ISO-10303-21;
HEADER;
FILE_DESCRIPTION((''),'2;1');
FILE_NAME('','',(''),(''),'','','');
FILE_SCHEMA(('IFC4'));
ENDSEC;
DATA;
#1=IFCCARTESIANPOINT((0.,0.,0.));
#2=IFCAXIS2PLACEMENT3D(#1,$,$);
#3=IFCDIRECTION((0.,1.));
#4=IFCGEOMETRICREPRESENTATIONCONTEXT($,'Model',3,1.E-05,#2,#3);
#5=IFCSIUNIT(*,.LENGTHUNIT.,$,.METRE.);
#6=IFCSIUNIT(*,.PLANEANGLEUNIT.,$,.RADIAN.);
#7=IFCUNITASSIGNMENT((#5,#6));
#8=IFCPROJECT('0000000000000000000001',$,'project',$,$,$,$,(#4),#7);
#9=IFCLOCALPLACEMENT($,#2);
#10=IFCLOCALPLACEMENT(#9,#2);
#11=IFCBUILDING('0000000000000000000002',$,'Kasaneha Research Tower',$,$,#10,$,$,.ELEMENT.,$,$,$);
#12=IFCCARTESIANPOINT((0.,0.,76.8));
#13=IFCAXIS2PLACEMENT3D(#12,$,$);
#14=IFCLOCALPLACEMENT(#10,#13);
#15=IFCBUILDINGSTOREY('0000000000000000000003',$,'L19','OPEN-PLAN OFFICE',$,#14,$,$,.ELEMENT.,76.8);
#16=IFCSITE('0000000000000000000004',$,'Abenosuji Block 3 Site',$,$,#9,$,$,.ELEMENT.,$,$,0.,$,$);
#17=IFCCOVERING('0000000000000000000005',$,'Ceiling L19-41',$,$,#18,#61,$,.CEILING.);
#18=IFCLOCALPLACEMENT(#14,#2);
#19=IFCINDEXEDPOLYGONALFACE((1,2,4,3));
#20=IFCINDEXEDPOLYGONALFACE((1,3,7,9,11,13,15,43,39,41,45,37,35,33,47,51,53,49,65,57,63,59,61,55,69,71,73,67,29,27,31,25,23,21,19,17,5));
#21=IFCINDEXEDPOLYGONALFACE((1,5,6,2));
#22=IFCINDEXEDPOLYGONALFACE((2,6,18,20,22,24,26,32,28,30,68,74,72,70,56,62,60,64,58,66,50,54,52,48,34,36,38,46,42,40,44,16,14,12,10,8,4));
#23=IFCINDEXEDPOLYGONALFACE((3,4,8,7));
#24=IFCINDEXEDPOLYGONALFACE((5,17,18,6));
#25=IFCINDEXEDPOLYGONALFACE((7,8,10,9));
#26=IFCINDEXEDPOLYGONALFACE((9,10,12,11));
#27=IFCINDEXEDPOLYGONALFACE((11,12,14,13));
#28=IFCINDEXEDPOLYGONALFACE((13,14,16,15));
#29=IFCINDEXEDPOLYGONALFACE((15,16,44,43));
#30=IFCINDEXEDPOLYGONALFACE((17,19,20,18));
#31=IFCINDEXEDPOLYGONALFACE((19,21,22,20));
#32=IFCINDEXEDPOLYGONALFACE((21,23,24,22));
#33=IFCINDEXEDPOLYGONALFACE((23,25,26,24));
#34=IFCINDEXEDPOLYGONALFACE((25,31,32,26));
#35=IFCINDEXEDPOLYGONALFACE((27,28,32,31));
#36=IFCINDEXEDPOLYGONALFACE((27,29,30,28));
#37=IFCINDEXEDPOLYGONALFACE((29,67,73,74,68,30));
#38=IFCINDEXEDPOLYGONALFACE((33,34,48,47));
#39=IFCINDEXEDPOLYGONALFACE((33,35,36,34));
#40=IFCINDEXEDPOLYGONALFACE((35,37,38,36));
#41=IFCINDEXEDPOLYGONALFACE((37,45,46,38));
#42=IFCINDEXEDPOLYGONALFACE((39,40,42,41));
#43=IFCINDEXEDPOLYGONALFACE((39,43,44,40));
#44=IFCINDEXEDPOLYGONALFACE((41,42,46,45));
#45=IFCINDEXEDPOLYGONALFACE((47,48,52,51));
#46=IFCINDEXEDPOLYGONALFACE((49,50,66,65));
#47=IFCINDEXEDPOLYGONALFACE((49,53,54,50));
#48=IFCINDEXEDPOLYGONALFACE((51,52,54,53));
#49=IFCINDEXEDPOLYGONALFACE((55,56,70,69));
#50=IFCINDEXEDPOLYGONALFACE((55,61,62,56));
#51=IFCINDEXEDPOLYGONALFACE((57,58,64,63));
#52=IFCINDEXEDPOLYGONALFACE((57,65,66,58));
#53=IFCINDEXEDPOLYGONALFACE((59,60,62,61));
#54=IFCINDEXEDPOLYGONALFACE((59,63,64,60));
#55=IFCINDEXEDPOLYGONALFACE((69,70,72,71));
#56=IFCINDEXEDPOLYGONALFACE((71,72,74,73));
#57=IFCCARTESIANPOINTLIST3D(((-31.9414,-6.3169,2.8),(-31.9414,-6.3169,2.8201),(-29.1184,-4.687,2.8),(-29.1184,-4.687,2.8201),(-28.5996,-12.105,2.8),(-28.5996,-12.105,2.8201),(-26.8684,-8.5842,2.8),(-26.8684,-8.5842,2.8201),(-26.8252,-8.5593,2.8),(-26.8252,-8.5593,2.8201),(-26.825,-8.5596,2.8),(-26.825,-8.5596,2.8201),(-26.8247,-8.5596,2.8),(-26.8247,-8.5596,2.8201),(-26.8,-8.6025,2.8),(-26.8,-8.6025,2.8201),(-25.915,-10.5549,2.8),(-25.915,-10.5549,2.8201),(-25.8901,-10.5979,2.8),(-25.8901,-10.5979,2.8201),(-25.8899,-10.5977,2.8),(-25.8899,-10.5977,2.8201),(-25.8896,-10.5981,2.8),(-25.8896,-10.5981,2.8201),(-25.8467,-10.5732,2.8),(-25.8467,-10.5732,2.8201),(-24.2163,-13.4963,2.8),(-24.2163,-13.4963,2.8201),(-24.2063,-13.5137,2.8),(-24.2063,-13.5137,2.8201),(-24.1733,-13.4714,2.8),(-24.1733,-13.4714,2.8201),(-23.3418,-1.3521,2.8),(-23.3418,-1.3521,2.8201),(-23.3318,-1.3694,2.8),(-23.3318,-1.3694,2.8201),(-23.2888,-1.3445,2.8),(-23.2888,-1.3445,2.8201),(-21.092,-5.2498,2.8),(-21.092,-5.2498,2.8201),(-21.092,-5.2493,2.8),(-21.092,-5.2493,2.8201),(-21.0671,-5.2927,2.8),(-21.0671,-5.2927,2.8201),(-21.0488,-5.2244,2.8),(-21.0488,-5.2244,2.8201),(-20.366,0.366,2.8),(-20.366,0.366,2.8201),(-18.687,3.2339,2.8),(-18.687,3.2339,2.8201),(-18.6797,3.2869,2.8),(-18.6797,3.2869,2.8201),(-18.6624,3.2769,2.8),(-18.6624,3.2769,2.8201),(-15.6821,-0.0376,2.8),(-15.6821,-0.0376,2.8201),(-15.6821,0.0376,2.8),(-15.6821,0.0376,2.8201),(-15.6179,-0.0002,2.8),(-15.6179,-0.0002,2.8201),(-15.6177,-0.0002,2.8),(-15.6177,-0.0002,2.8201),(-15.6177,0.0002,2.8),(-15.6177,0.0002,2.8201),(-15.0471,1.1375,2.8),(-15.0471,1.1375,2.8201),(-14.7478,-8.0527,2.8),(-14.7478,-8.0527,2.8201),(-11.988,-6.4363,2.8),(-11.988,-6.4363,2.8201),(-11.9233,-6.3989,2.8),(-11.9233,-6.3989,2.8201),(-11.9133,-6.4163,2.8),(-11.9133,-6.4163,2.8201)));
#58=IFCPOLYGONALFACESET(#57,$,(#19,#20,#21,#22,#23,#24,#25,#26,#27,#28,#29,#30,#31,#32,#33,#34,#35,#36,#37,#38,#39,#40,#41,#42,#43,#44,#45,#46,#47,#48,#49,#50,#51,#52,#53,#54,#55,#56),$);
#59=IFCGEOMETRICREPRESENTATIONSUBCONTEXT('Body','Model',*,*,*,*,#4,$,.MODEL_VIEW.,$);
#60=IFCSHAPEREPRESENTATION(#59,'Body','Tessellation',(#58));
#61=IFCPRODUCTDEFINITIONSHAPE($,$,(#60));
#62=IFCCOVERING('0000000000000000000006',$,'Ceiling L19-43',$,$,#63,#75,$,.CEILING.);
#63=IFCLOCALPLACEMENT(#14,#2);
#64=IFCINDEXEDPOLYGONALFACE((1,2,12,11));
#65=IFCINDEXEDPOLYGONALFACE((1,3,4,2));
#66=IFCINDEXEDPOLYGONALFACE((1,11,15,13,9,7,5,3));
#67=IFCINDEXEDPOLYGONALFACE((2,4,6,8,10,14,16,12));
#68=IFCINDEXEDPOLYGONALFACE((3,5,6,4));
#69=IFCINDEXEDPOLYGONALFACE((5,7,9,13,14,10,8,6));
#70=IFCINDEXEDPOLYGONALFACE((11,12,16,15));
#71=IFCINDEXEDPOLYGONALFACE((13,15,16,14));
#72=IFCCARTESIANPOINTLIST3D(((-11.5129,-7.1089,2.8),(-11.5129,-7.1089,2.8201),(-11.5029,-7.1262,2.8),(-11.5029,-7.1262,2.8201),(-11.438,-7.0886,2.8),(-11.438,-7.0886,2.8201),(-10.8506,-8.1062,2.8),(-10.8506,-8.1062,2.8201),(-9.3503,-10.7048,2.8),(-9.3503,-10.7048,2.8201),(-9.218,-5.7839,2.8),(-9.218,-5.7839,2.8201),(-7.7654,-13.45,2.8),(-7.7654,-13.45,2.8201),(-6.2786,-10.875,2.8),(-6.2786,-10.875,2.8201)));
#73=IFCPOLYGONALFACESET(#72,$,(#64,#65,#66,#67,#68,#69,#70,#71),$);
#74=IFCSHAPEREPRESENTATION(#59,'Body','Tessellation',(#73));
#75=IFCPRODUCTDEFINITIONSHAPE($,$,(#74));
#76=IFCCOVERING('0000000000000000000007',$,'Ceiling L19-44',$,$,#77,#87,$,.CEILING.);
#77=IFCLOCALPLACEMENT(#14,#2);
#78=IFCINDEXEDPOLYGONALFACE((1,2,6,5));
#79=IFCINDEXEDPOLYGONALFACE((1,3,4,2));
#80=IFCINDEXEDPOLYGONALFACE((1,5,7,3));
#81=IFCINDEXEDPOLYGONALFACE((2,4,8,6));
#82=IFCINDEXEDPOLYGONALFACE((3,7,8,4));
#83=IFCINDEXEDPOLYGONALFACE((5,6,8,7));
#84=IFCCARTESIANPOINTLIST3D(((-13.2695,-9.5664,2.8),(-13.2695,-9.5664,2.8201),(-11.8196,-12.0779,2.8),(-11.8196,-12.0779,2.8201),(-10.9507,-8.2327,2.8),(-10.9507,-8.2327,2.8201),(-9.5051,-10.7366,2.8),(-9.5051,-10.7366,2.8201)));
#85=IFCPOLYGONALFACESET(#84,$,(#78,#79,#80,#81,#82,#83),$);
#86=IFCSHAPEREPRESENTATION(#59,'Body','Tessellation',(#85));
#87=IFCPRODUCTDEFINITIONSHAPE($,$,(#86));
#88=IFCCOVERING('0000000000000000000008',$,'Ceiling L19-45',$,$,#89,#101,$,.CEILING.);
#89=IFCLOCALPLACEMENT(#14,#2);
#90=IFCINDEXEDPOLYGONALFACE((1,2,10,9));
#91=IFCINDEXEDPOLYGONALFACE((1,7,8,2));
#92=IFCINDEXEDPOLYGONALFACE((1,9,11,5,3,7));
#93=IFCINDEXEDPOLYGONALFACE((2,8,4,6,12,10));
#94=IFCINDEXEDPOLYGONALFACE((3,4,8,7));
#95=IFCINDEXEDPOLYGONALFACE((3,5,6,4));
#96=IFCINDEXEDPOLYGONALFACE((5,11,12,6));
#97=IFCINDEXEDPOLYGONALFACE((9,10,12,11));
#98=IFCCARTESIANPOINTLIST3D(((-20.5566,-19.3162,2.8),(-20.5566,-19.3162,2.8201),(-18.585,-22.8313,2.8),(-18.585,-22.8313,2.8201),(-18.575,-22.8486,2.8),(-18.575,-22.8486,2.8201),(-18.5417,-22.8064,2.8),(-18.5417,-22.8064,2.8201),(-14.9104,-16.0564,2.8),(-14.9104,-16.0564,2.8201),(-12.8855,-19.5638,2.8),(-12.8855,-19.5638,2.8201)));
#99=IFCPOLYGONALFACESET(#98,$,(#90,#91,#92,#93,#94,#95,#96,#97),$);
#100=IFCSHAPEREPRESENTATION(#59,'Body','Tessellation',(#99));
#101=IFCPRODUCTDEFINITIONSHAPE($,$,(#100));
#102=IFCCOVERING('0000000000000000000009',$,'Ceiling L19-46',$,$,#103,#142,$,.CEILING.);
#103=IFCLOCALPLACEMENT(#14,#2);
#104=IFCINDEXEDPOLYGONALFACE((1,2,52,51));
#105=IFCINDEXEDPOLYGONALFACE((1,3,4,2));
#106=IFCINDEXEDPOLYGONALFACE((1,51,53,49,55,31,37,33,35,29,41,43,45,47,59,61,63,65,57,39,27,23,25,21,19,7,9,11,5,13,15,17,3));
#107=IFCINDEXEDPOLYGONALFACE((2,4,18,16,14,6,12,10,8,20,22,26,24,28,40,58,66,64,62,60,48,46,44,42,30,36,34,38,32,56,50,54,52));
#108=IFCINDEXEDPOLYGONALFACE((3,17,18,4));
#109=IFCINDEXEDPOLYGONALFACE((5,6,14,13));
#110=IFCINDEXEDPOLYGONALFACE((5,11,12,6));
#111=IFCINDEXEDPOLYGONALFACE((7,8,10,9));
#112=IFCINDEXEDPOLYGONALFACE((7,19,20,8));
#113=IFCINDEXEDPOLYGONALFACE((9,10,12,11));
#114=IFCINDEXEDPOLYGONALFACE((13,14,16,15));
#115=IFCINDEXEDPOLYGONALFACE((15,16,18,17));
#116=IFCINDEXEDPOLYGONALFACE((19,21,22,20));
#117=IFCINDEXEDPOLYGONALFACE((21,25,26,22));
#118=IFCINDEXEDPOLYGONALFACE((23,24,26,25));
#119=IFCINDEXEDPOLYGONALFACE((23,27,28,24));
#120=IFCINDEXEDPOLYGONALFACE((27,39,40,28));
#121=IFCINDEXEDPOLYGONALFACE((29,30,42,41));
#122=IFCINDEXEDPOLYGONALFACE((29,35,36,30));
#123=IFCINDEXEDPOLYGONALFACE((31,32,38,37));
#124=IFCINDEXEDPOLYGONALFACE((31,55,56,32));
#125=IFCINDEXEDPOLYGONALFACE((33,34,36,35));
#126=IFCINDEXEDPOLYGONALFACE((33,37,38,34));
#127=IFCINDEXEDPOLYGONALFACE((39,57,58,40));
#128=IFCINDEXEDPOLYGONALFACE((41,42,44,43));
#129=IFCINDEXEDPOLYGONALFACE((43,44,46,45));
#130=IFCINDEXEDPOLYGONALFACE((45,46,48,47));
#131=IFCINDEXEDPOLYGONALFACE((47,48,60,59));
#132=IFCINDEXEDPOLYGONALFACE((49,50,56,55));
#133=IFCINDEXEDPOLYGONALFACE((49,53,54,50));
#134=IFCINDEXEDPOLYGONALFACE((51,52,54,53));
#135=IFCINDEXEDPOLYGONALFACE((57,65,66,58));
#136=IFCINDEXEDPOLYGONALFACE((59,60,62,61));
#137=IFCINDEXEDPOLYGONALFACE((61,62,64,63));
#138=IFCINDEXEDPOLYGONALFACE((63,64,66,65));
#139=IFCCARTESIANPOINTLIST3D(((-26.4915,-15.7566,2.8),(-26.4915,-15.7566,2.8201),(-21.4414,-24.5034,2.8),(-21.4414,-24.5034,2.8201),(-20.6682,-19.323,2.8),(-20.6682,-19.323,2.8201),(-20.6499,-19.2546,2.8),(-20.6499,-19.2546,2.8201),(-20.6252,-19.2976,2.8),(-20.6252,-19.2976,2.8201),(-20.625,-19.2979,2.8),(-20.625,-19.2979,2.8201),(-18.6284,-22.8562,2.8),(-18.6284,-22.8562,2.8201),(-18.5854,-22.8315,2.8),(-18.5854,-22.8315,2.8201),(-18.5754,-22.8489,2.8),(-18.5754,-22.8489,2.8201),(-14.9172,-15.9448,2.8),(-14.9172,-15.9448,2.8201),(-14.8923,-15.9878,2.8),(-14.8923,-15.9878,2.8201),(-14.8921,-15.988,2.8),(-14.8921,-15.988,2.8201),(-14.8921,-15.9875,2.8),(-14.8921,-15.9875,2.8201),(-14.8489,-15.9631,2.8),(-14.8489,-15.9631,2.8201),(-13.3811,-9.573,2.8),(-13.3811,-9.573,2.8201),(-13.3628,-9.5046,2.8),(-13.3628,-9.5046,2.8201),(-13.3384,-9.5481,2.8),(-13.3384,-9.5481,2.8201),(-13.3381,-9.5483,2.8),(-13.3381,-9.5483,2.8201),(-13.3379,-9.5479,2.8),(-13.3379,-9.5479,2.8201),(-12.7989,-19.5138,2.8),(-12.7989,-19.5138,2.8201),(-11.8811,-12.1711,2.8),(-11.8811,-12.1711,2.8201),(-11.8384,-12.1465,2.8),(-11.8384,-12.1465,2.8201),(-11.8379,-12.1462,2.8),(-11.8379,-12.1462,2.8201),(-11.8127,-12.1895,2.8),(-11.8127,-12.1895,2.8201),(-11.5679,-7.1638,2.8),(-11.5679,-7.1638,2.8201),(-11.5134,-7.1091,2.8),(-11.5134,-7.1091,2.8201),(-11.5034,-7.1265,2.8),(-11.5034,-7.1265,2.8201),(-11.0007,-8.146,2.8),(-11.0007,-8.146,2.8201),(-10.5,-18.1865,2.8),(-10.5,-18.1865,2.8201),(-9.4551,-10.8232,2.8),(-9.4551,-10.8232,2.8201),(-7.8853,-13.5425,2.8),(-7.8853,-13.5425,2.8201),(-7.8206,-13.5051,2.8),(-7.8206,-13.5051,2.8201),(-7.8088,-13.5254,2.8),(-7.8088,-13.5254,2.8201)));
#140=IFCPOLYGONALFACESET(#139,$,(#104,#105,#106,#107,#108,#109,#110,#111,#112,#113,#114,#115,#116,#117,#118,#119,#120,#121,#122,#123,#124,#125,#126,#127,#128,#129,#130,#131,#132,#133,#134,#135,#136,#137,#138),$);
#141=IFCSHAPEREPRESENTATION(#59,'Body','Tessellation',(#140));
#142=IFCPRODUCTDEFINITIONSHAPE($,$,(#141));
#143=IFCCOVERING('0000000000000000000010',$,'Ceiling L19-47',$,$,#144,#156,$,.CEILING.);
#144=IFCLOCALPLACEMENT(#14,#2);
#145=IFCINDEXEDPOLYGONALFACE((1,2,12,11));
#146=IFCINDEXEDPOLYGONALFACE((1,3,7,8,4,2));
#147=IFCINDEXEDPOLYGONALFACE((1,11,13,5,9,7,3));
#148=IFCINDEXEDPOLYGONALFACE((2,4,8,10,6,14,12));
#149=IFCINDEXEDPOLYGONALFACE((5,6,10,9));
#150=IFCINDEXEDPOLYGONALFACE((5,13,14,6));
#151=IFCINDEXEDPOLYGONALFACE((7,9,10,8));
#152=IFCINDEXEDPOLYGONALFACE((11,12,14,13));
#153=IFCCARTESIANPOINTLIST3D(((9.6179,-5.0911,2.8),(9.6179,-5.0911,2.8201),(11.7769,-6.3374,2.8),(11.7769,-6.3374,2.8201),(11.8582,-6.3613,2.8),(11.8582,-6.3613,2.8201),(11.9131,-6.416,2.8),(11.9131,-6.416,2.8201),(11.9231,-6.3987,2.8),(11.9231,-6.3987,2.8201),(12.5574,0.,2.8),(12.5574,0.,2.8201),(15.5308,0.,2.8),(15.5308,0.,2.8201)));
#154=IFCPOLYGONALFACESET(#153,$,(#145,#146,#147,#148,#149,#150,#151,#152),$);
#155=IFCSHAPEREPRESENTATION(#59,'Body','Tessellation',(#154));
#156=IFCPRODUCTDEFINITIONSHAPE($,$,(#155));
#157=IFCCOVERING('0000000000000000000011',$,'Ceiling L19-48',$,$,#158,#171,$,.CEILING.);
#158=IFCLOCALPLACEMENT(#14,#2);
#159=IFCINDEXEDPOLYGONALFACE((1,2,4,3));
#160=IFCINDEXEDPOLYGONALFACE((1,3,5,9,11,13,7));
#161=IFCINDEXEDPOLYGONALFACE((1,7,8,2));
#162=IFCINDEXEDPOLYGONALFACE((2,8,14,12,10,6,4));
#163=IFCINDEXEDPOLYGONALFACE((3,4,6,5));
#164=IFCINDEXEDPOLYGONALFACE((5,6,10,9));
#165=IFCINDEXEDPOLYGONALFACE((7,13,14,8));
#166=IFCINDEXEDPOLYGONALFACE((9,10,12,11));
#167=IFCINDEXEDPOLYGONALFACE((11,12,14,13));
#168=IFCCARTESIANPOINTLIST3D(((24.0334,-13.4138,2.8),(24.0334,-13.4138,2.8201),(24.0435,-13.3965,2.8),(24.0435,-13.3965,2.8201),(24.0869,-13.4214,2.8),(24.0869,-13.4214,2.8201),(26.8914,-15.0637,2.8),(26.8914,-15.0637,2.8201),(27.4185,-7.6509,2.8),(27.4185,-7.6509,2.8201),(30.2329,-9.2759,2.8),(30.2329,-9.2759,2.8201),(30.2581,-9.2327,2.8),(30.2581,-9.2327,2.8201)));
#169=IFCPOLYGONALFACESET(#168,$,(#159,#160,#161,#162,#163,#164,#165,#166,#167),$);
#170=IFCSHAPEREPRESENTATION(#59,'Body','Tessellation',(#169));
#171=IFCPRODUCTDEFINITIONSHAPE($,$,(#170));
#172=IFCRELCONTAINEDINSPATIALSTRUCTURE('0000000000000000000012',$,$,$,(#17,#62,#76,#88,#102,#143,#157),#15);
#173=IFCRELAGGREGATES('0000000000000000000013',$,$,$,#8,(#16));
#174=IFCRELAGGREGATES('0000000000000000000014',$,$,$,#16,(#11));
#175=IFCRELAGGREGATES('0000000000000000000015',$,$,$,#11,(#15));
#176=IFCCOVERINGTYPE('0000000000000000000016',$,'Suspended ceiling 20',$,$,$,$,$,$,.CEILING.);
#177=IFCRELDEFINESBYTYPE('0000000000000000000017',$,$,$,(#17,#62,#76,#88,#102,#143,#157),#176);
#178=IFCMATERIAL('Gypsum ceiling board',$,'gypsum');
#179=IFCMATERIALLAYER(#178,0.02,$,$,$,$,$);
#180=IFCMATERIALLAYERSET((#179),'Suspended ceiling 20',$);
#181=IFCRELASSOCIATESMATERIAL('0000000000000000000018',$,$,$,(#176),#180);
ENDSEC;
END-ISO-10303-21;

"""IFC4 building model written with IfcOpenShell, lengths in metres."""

from ifc_helpers import new_model, si_unit, direction, frame, origin, place, context, subcontext, project, spatial, polyline, outline, extrude, material, layer, layer_set, type_object, element, save


model = new_model("IFC4")

# Units and contexts
model_context = context("Model", 3, precision=1e-05, world=origin(), true_north=direction((0.0, 1.0)))
body_context = subcontext(model_context, "Body", "Model", "MODEL_VIEW")
ifc_project = project(units=[si_unit("LENGTHUNIT", "METRE"), si_unit("PLANEANGLEUNIT", "RADIAN")], contexts=[model_context])

# Site, building, storey
site_placement = place(None, origin())
site = spatial("IfcSite", under=ifc_project, at=site_placement, Name="Abenosuji Block 3 Site", CompositionType="ELEMENT", RefElevation=0.0)
building_placement = place(site_placement, origin())
building = spatial("IfcBuilding", under=site, at=building_placement, Name="Kasaneha Research Tower", CompositionType="ELEMENT")
storey_placement = place(building_placement, frame((0.0, 0.0, 76.8)))
storey = spatial("IfcBuildingStorey", under=building, at=storey_placement, Name="L19", Description="OPEN-PLAN OFFICE", CompositionType="ELEMENT", Elevation=76.8)

# Coverings
ifc_material_1 = material(Name="Gypsum ceiling board", Category="gypsum")
ifc_layer_1 = layer(ifc_material_1, 0.02)
ifc_layer_set_1 = layer_set([ifc_layer_1], Name="Suspended ceiling 20")
covering_type = type_object("IfcCoveringType", Name="Suspended ceiling 20", PredefinedType="CEILING", material=ifc_layer_set_1)
covering_1_placement = place(storey_placement, frame((0.0, 0.0, 2.8)))
element("IfcCovering", 1, at=covering_1_placement, inside=storey, type_object=covering_type, Name="Ceiling L19-41", PredefinedType="CEILING", context=body_context, shape_type="SweptSolid", body=[
    extrude(outline(polyline([(-25.8901, -10.5979), (-25.915, -10.5549), (-28.5996, -12.105), (-31.9414, -6.3169), (-29.1184, -4.687), (-26.8684, -8.5842), (-26.8252, -8.5593), (-26.825, -8.5596), (-26.8247, -8.5596), (-26.8, -8.6025), (-21.0671, -5.2927), (-21.092, -5.2498), (-21.092, -5.2498), (-21.092, -5.2493), (-21.0488, -5.2244), (-23.2888, -1.3445), (-23.3318, -1.3694), (-23.3418, -1.3521), (-20.366, 0.366), (-18.6797, 3.2869), (-18.6624, 3.2769), (-18.687, 3.2339), (-15.0471, 1.1375), (-15.6821, 0.0376), (-15.6177, 0.0002), (-15.6179, -0.0002), (-15.6177, -0.0002), (-15.6821, -0.0376), (-11.988, -6.4363), (-11.9233, -6.3989), (-11.9133, -6.4163), (-14.7478, -8.0527), (-24.2063, -13.5137), (-24.2163, -13.4963), (-24.1733, -13.4714), (-25.8467, -10.5732), (-25.8896, -10.5981), (-25.8899, -10.5977), (-25.8901, -10.5979)])), origin(), (0.0, 0.0, 1.0), 0.02),
])
covering_2_placement = place(storey_placement, frame((0.0, 0.0, 2.8)))
element("IfcCovering", 2, at=covering_2_placement, inside=storey, type_object=covering_type, Name="Ceiling L19-43", PredefinedType="CEILING", context=body_context, shape_type="SweptSolid", body=[
    extrude(outline(polyline([(-7.7654, -13.45), (-9.3503, -10.7048), (-9.3503, -10.7048), (-10.8506, -8.1062), (-10.8506, -8.1062), (-11.438, -7.0886), (-11.5029, -7.1262), (-11.5129, -7.1089), (-9.218, -5.7839), (-6.2786, -10.875), (-7.7654, -13.45)])), origin(), (0.0, 0.0, 1.0), 0.02),
])
covering_3_placement = place(storey_placement, frame((0.0, 0.0, 2.8)))
element("IfcCovering", 3, at=covering_3_placement, inside=storey, type_object=covering_type, Name="Ceiling L19-44", PredefinedType="CEILING", context=body_context, shape_type="SweptSolid", body=[
    extrude(outline(polyline([(-10.9507, -8.2327), (-9.5051, -10.7366), (-11.8196, -12.0779), (-13.2695, -9.5664), (-10.9507, -8.2327)])), origin(), (0.0, 0.0, 1.0), 0.02),
])
covering_4_placement = place(storey_placement, frame((0.0, 0.0, 2.8)))
element("IfcCovering", 4, at=covering_4_placement, inside=storey, type_object=covering_type, Name="Ceiling L19-45", PredefinedType="CEILING", context=body_context, shape_type="SweptSolid", body=[
    extrude(outline(polyline([(-18.575, -22.8486), (-18.585, -22.8313), (-18.5417, -22.8064), (-20.5566, -19.3162), (-14.9104, -16.0564), (-12.8855, -19.5637), (-12.8423, -19.5388), (-12.8423, -19.5388), (-18.575, -22.8486)])), origin(), (0.0, 0.0, 1.0), 0.02),
])
covering_5_placement = place(storey_placement, frame((0.0, 0.0, 2.8)))
element("IfcCovering", 5, at=covering_5_placement, inside=storey, type_object=covering_type, Name="Ceiling L19-46", PredefinedType="CEILING", context=body_context, shape_type="SweptSolid", body=[
    extrude(outline(polyline([(-13.3384, -9.5481), (-13.3381, -9.5483), (-13.3811, -9.573), (-11.8811, -12.1711), (-11.8384, -12.1465), (-11.8384, -12.1465), (-11.8379, -12.1462), (-11.8127, -12.1895), (-9.4551, -10.8232), (-7.8853, -13.5425), (-7.8206, -13.5051), (-7.8088, -13.5254), (-10.5, -18.1865), (-12.8418, -19.5386), (-12.8418, -19.5386), (-12.7988, -19.5139), (-14.8489, -15.9631), (-14.8921, -15.988), (-14.8921, -15.9875), (-14.8923, -15.9878), (-14.9172, -15.9448), (-20.6499, -19.2546), (-20.6252, -19.2976), (-20.6252, -19.2976), (-20.625, -19.2979), (-20.6682, -19.323), (-18.6284, -22.8562), (-18.5854, -22.8315), (-18.5754, -22.8489), (-21.4414, -24.5034), (-26.4915, -15.7566), (-11.5134, -7.1091), (-11.5034, -7.1265), (-11.5679, -7.1638), (-11.0007, -8.146), (-13.3628, -9.5046), (-13.3379, -9.5479), (-13.3384, -9.5481)])), origin(), (0.0, 0.0, 1.0), 0.02),
])
covering_6_placement = place(storey_placement, frame((0.0, 0.0, 2.8)))
element("IfcCovering", 6, at=covering_6_placement, inside=storey, type_object=covering_type, Name="Ceiling L19-47", PredefinedType="CEILING", context=body_context, shape_type="SweptSolid", body=[
    extrude(outline(polyline([(9.6179, -5.0911), (12.5574, 0.0), (15.5308, 0.0), (15.5308, 0.0), (11.8582, -6.3613), (11.9231, -6.3987), (11.9131, -6.416), (11.7769, -6.3374), (9.6179, -5.0911)])), origin(), (0.0, 0.0, 1.0), 0.02),
])
covering_7_placement = place(storey_placement, frame((0.0, 0.0, 2.8)))
element("IfcCovering", 7, at=covering_7_placement, inside=storey, type_object=covering_type, Name="Ceiling L19-48", PredefinedType="CEILING", context=body_context, shape_type="SweptSolid", body=[
    extrude(outline(polyline([(24.0334, -13.4138), (24.0435, -13.3965), (24.0869, -13.4214), (27.4185, -7.6509), (30.2329, -9.2759), (30.2581, -9.2327), (30.2581, -9.2327), (26.8914, -15.0637), (24.0334, -13.4138)])), origin(), (0.0, 0.0, 1.0), 0.02),
])

save(model, "model.ifc")
